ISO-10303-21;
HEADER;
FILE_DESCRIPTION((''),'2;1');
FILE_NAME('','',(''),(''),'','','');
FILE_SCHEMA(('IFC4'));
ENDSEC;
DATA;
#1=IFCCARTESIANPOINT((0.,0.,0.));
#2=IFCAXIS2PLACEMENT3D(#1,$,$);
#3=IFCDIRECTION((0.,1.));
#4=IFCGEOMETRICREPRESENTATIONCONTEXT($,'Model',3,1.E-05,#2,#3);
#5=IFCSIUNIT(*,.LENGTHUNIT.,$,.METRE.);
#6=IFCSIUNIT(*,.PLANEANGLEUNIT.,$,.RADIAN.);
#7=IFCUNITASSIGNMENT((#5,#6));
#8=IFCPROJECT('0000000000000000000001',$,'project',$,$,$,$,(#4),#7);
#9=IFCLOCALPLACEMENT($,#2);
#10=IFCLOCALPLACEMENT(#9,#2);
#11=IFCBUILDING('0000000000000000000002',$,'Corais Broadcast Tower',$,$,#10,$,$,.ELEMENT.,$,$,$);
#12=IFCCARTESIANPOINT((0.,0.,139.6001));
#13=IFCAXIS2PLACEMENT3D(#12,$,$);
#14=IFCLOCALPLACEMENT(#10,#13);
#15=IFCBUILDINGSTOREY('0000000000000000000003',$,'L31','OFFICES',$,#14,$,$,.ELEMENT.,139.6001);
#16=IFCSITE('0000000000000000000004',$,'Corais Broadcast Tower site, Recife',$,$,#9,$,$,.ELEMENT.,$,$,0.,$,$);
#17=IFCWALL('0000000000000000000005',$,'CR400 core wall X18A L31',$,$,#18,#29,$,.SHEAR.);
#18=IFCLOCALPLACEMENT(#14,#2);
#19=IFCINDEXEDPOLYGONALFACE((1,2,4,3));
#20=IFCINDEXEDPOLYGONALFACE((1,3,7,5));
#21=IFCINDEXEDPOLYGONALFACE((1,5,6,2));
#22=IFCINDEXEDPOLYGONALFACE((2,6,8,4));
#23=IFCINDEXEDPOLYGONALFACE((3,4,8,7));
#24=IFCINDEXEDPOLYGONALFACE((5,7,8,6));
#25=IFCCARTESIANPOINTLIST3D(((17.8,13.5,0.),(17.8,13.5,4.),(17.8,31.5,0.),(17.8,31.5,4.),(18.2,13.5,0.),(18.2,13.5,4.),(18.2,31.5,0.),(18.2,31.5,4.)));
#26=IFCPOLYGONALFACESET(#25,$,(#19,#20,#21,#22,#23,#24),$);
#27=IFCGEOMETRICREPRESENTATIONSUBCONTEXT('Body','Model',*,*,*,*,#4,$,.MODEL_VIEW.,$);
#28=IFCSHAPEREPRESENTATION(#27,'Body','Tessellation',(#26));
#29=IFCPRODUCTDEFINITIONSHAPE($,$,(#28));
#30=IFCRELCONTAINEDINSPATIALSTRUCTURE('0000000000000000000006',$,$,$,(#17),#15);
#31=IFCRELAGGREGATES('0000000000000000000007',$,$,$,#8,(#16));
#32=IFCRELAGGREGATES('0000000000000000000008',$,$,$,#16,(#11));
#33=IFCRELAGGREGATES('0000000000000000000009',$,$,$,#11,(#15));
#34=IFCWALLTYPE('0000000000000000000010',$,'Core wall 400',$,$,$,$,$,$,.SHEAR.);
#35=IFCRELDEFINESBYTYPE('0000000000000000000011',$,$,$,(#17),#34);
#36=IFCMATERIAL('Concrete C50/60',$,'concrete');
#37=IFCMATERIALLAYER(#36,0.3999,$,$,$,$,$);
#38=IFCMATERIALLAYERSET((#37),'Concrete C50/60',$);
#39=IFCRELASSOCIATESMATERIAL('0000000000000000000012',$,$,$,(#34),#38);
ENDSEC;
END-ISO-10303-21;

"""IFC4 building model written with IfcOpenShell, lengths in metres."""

from ifc_helpers import new_model, si_unit, direction, frame, frame_2d, origin, place, context, subcontext, project, spatial, rectangle, extrude, material, layer, layer_set, type_object, element, save


model = new_model("IFC4")

# Units and contexts
model_context = context("Model", 3, precision=1e-05, world=origin(), true_north=direction((0.0, 1.0)))
body_context = subcontext(model_context, "Body", "Model", "MODEL_VIEW")
ifc_project = project(units=[si_unit("LENGTHUNIT", "METRE"), si_unit("PLANEANGLEUNIT", "RADIAN")], contexts=[model_context])

# Site, building, storey
site_placement = place(None, origin())
site = spatial("IfcSite", under=ifc_project, at=site_placement, Name="Corais Broadcast Tower site, Recife", CompositionType="ELEMENT", RefElevation=0.0)
building_placement = place(site_placement, origin())
building = spatial("IfcBuilding", under=site, at=building_placement, Name="Corais Broadcast Tower", CompositionType="ELEMENT")
storey_placement = place(building_placement, frame((0.0, 0.0, 139.6001)))
storey = spatial("IfcBuildingStorey", under=building, at=storey_placement, Name="L31", Description="OFFICES", CompositionType="ELEMENT", Elevation=139.6001)

# Wall
ifc_material_1 = material(Name="Concrete C50/60", Category="concrete")
ifc_layer_1 = layer(ifc_material_1, 0.3999)
ifc_layer_set_1 = layer_set([ifc_layer_1], Name="Concrete C50/60")
wall_type_1 = type_object("IfcWallType", Name="Core wall 400", PredefinedType="SHEAR", material=ifc_layer_set_1)
wall_1_placement = place(storey_placement, frame((18.0, 13.5, 0.0), z_axis=(0.0, 0.0, 1.0), x_axis=(0.0, 1.0, 0.0)))
element("IfcWall", 1, at=wall_1_placement, inside=storey, type_object=wall_type_1, Name="CR400 core wall X18A L31", PredefinedType="SHEAR", context=body_context, shape_type="SweptSolid", body=[
    extrude(rectangle(XDim=18.0, YDim=0.3999, at=frame_2d((9.0, 0.0))), origin(), (0.0, 0.0, 1.0), 4.0),
])

save(model, "model.ifc")
